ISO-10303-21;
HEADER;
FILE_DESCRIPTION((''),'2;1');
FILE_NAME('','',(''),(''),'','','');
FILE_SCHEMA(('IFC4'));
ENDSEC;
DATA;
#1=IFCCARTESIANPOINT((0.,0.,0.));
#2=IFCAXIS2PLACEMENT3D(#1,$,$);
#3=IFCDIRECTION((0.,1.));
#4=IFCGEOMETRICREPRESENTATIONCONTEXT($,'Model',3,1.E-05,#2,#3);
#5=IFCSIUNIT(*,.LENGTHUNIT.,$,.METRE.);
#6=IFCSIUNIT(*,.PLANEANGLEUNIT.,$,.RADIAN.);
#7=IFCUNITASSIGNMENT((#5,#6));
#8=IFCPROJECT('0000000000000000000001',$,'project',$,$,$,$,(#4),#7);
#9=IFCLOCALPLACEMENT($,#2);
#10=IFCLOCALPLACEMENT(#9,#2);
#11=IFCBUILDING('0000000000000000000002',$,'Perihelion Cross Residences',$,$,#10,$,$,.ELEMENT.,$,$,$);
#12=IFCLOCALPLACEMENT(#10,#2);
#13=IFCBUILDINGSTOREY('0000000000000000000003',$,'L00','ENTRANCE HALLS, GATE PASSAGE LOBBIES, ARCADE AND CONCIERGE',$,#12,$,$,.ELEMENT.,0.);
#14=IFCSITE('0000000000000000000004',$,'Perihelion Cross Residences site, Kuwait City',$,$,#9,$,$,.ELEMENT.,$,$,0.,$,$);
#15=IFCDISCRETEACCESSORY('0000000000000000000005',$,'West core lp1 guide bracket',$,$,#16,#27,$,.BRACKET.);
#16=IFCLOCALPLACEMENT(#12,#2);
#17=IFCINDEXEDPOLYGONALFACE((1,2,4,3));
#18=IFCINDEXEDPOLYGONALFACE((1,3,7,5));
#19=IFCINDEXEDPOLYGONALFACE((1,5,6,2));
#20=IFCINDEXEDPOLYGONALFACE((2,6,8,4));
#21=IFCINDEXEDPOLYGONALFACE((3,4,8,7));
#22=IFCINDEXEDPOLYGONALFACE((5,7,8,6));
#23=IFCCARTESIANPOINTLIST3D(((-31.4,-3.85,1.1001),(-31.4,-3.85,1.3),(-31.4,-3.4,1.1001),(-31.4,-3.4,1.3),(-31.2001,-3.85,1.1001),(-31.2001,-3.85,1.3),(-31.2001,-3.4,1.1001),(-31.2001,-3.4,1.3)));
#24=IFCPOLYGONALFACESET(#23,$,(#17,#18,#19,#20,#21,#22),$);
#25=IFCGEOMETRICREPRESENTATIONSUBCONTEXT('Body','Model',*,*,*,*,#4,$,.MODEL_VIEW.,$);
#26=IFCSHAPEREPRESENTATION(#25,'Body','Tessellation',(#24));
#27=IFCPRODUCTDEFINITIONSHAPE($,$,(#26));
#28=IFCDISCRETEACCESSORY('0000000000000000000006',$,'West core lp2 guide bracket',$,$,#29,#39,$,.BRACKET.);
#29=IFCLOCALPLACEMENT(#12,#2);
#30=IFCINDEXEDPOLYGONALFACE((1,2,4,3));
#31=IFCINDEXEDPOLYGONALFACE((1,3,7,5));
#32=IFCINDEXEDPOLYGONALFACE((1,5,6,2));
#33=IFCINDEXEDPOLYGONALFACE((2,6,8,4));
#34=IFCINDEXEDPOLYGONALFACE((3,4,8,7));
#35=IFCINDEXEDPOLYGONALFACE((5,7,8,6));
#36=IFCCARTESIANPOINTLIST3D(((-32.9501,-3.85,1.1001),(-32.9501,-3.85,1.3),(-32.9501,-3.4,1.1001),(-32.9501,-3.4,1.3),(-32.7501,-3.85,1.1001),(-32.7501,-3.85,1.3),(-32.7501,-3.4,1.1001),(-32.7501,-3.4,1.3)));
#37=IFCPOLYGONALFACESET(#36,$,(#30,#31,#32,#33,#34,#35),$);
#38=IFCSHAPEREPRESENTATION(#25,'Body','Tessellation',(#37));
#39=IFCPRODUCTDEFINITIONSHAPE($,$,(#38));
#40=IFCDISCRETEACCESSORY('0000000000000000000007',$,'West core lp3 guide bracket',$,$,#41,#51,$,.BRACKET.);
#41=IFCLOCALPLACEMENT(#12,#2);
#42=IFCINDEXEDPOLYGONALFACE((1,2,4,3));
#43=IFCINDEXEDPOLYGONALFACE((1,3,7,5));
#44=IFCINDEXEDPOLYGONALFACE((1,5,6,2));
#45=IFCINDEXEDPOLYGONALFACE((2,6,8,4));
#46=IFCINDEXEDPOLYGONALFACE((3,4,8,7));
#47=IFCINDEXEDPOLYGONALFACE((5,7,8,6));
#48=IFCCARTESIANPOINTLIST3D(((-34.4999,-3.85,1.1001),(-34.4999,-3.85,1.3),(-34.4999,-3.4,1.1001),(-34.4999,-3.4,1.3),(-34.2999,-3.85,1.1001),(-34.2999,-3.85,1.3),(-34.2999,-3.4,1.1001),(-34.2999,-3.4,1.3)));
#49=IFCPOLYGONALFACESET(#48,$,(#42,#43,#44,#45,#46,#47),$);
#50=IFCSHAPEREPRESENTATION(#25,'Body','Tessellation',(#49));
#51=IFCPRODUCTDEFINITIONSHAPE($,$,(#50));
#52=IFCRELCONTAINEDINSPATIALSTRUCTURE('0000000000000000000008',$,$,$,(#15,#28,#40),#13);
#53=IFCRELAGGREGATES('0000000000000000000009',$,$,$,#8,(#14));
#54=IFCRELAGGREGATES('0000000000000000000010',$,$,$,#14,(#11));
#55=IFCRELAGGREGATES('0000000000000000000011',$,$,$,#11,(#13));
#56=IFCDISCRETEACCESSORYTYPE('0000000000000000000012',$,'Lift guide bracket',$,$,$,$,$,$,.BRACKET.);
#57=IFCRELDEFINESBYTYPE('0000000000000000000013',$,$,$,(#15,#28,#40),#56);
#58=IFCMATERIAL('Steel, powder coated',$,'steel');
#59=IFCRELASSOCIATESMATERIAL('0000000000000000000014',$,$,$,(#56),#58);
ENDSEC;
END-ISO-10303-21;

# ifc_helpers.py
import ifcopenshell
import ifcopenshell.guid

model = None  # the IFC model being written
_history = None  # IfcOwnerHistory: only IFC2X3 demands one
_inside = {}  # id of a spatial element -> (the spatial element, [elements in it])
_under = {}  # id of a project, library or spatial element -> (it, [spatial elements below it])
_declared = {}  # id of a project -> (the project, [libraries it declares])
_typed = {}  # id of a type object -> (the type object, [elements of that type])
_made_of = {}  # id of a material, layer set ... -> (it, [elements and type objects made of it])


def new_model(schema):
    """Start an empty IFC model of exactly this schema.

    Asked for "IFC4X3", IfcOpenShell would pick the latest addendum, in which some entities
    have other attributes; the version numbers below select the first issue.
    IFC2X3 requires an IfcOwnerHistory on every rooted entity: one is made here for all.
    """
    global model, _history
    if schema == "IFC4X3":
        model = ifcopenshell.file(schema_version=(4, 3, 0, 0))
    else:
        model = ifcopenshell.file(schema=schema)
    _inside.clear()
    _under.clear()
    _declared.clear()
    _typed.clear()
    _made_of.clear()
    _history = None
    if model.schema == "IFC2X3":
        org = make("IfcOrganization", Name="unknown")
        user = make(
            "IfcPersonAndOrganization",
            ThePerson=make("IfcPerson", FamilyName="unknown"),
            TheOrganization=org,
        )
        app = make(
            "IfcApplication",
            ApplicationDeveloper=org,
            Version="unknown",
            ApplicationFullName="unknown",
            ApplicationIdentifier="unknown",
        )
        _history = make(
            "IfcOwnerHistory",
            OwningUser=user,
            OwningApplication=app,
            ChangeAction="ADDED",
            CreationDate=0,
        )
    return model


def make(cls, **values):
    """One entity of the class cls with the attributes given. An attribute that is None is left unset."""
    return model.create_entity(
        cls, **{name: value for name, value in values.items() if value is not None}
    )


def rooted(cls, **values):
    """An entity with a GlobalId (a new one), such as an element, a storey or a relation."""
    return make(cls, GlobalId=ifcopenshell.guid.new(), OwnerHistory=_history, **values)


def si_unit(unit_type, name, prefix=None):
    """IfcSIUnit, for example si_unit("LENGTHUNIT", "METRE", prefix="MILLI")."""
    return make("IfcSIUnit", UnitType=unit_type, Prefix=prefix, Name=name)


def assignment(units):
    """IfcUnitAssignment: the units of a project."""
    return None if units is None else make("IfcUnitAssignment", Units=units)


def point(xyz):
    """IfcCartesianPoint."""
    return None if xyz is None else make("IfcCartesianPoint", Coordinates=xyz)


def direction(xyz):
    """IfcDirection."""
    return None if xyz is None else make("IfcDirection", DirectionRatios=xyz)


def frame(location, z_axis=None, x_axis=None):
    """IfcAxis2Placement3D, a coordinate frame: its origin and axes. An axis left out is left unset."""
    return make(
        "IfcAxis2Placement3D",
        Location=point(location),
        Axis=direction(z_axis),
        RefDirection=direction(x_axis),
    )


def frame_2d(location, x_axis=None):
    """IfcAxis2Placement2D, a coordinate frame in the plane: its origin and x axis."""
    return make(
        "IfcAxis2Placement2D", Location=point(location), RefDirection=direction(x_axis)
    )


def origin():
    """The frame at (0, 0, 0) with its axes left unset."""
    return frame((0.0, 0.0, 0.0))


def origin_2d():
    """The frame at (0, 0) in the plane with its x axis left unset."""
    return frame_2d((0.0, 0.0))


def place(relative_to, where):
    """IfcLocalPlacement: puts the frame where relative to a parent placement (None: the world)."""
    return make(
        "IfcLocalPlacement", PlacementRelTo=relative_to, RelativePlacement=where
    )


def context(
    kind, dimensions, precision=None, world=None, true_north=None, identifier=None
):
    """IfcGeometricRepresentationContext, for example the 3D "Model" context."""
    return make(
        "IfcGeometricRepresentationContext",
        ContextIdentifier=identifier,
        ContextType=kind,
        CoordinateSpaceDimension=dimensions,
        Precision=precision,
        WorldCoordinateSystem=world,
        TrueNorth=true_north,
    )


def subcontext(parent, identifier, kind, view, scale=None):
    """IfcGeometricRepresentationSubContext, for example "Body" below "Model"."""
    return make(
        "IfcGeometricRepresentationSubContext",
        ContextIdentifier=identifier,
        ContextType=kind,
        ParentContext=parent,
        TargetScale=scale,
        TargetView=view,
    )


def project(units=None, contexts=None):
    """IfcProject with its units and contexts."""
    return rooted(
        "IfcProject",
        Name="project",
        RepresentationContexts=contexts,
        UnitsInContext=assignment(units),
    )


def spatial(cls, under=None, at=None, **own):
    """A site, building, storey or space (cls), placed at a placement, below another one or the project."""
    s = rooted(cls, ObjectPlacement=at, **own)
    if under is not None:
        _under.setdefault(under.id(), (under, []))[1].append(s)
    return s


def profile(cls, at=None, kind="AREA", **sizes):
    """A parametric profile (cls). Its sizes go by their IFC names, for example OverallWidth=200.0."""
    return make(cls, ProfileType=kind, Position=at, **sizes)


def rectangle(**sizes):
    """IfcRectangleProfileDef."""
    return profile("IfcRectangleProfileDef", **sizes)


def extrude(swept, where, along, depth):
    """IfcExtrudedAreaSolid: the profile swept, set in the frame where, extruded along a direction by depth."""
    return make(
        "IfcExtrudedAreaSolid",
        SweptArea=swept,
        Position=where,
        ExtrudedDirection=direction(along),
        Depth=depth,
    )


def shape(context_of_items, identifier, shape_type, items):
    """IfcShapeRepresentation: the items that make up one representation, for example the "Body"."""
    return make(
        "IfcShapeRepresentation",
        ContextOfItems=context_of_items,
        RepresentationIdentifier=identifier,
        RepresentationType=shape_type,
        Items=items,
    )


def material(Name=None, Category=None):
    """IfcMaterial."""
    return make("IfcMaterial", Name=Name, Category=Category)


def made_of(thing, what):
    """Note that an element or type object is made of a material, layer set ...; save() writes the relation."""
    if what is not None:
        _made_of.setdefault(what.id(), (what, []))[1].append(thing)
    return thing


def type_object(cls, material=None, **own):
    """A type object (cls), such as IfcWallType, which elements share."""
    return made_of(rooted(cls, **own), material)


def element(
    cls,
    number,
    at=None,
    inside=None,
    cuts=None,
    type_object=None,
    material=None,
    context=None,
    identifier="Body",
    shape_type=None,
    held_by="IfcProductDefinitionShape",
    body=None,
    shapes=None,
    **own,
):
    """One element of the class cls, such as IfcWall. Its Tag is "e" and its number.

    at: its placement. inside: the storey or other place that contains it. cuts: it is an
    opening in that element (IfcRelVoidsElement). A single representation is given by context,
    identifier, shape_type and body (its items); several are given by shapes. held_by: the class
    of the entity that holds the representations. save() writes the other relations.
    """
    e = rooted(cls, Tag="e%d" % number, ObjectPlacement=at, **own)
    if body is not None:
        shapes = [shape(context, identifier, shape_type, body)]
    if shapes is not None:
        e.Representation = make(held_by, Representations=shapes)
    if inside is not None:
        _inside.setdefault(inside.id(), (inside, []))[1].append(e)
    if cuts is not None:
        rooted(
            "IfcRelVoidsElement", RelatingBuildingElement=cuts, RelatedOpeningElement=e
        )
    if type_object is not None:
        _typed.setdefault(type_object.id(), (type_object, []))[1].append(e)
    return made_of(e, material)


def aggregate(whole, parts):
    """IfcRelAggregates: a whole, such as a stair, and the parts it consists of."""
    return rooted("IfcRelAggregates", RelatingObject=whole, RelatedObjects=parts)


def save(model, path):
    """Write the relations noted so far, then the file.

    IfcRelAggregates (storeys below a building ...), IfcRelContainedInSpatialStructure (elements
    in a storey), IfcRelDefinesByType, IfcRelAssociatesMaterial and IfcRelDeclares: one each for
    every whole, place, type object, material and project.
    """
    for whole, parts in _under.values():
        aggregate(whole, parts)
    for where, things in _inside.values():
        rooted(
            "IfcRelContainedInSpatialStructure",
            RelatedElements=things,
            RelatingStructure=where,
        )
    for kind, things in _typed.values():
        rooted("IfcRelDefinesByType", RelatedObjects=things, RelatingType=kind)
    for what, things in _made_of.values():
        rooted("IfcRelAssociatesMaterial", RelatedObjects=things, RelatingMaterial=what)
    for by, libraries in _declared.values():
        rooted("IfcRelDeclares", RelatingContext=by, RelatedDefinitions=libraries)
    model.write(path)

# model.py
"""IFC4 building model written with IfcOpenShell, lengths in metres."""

from ifc_helpers import new_model, si_unit, direction, frame, origin, origin_2d, place, context, subcontext, project, spatial, rectangle, extrude, material, type_object, element, save


model = new_model("IFC4")

# Units and contexts
model_context = context("Model", 3, precision=1e-05, world=origin(), true_north=direction((0.0, 1.0)))
body_context = subcontext(model_context, "Body", "Model", "MODEL_VIEW")
ifc_project = project(units=[si_unit("LENGTHUNIT", "METRE"), si_unit("PLANEANGLEUNIT", "RADIAN")], contexts=[model_context])

# Site, building, storey
site_placement = place(None, origin())
site = spatial("IfcSite", under=ifc_project, at=site_placement, Name="Perihelion Cross Residences site, Kuwait City", CompositionType="ELEMENT", RefElevation=0.0)
building_placement = place(site_placement, origin())
building = spatial("IfcBuilding", under=site, at=building_placement, Name="Perihelion Cross Residences", CompositionType="ELEMENT")
storey_placement = place(building_placement, origin())
storey = spatial("IfcBuildingStorey", under=building, at=storey_placement, Name="L00", Description="ENTRANCE HALLS, GATE PASSAGE LOBBIES, ARCADE AND CONCIERGE", CompositionType="ELEMENT", Elevation=0.0)

# Discrete accessories
ifc_material_1 = material(Name="Steel, powder coated", Category="steel")
discrete_accessory_type = type_object("IfcDiscreteAccessoryType", Name="Lift guide bracket", PredefinedType="BRACKET", material=ifc_material_1)
for number, where, z_axis, x_axis, name in (
    (1, (-31.3, -3.625, 1.1001), (0.0, 0.0, 1.0), (1.0, 0.0, 0.0), "West core lp1 guide bracket"),
    (2, (-32.8501, -3.625, 1.1001), (0.0, 0.0, 1.0), (1.0, 0.0, 0.0), "West core lp2 guide bracket"),
    (3, (-34.3999, -3.625, 1.1001), (0.0, 0.0, 1.0), (1.0, 0.0, 0.0), "West core lp3 guide bracket"),
):
    element("IfcDiscreteAccessory", number, at=place(storey_placement, frame(where, z_axis=z_axis, x_axis=x_axis)), inside=storey, type_object=discrete_accessory_type, Name=name, PredefinedType="BRACKET", context=body_context, shape_type="SweptSolid", body=[
        extrude(rectangle(XDim=0.2, YDim=0.45, at=origin_2d()), origin(), (0.0, 0.0, 1.0), 0.2),
    ])

save(model, "model.ifc")
